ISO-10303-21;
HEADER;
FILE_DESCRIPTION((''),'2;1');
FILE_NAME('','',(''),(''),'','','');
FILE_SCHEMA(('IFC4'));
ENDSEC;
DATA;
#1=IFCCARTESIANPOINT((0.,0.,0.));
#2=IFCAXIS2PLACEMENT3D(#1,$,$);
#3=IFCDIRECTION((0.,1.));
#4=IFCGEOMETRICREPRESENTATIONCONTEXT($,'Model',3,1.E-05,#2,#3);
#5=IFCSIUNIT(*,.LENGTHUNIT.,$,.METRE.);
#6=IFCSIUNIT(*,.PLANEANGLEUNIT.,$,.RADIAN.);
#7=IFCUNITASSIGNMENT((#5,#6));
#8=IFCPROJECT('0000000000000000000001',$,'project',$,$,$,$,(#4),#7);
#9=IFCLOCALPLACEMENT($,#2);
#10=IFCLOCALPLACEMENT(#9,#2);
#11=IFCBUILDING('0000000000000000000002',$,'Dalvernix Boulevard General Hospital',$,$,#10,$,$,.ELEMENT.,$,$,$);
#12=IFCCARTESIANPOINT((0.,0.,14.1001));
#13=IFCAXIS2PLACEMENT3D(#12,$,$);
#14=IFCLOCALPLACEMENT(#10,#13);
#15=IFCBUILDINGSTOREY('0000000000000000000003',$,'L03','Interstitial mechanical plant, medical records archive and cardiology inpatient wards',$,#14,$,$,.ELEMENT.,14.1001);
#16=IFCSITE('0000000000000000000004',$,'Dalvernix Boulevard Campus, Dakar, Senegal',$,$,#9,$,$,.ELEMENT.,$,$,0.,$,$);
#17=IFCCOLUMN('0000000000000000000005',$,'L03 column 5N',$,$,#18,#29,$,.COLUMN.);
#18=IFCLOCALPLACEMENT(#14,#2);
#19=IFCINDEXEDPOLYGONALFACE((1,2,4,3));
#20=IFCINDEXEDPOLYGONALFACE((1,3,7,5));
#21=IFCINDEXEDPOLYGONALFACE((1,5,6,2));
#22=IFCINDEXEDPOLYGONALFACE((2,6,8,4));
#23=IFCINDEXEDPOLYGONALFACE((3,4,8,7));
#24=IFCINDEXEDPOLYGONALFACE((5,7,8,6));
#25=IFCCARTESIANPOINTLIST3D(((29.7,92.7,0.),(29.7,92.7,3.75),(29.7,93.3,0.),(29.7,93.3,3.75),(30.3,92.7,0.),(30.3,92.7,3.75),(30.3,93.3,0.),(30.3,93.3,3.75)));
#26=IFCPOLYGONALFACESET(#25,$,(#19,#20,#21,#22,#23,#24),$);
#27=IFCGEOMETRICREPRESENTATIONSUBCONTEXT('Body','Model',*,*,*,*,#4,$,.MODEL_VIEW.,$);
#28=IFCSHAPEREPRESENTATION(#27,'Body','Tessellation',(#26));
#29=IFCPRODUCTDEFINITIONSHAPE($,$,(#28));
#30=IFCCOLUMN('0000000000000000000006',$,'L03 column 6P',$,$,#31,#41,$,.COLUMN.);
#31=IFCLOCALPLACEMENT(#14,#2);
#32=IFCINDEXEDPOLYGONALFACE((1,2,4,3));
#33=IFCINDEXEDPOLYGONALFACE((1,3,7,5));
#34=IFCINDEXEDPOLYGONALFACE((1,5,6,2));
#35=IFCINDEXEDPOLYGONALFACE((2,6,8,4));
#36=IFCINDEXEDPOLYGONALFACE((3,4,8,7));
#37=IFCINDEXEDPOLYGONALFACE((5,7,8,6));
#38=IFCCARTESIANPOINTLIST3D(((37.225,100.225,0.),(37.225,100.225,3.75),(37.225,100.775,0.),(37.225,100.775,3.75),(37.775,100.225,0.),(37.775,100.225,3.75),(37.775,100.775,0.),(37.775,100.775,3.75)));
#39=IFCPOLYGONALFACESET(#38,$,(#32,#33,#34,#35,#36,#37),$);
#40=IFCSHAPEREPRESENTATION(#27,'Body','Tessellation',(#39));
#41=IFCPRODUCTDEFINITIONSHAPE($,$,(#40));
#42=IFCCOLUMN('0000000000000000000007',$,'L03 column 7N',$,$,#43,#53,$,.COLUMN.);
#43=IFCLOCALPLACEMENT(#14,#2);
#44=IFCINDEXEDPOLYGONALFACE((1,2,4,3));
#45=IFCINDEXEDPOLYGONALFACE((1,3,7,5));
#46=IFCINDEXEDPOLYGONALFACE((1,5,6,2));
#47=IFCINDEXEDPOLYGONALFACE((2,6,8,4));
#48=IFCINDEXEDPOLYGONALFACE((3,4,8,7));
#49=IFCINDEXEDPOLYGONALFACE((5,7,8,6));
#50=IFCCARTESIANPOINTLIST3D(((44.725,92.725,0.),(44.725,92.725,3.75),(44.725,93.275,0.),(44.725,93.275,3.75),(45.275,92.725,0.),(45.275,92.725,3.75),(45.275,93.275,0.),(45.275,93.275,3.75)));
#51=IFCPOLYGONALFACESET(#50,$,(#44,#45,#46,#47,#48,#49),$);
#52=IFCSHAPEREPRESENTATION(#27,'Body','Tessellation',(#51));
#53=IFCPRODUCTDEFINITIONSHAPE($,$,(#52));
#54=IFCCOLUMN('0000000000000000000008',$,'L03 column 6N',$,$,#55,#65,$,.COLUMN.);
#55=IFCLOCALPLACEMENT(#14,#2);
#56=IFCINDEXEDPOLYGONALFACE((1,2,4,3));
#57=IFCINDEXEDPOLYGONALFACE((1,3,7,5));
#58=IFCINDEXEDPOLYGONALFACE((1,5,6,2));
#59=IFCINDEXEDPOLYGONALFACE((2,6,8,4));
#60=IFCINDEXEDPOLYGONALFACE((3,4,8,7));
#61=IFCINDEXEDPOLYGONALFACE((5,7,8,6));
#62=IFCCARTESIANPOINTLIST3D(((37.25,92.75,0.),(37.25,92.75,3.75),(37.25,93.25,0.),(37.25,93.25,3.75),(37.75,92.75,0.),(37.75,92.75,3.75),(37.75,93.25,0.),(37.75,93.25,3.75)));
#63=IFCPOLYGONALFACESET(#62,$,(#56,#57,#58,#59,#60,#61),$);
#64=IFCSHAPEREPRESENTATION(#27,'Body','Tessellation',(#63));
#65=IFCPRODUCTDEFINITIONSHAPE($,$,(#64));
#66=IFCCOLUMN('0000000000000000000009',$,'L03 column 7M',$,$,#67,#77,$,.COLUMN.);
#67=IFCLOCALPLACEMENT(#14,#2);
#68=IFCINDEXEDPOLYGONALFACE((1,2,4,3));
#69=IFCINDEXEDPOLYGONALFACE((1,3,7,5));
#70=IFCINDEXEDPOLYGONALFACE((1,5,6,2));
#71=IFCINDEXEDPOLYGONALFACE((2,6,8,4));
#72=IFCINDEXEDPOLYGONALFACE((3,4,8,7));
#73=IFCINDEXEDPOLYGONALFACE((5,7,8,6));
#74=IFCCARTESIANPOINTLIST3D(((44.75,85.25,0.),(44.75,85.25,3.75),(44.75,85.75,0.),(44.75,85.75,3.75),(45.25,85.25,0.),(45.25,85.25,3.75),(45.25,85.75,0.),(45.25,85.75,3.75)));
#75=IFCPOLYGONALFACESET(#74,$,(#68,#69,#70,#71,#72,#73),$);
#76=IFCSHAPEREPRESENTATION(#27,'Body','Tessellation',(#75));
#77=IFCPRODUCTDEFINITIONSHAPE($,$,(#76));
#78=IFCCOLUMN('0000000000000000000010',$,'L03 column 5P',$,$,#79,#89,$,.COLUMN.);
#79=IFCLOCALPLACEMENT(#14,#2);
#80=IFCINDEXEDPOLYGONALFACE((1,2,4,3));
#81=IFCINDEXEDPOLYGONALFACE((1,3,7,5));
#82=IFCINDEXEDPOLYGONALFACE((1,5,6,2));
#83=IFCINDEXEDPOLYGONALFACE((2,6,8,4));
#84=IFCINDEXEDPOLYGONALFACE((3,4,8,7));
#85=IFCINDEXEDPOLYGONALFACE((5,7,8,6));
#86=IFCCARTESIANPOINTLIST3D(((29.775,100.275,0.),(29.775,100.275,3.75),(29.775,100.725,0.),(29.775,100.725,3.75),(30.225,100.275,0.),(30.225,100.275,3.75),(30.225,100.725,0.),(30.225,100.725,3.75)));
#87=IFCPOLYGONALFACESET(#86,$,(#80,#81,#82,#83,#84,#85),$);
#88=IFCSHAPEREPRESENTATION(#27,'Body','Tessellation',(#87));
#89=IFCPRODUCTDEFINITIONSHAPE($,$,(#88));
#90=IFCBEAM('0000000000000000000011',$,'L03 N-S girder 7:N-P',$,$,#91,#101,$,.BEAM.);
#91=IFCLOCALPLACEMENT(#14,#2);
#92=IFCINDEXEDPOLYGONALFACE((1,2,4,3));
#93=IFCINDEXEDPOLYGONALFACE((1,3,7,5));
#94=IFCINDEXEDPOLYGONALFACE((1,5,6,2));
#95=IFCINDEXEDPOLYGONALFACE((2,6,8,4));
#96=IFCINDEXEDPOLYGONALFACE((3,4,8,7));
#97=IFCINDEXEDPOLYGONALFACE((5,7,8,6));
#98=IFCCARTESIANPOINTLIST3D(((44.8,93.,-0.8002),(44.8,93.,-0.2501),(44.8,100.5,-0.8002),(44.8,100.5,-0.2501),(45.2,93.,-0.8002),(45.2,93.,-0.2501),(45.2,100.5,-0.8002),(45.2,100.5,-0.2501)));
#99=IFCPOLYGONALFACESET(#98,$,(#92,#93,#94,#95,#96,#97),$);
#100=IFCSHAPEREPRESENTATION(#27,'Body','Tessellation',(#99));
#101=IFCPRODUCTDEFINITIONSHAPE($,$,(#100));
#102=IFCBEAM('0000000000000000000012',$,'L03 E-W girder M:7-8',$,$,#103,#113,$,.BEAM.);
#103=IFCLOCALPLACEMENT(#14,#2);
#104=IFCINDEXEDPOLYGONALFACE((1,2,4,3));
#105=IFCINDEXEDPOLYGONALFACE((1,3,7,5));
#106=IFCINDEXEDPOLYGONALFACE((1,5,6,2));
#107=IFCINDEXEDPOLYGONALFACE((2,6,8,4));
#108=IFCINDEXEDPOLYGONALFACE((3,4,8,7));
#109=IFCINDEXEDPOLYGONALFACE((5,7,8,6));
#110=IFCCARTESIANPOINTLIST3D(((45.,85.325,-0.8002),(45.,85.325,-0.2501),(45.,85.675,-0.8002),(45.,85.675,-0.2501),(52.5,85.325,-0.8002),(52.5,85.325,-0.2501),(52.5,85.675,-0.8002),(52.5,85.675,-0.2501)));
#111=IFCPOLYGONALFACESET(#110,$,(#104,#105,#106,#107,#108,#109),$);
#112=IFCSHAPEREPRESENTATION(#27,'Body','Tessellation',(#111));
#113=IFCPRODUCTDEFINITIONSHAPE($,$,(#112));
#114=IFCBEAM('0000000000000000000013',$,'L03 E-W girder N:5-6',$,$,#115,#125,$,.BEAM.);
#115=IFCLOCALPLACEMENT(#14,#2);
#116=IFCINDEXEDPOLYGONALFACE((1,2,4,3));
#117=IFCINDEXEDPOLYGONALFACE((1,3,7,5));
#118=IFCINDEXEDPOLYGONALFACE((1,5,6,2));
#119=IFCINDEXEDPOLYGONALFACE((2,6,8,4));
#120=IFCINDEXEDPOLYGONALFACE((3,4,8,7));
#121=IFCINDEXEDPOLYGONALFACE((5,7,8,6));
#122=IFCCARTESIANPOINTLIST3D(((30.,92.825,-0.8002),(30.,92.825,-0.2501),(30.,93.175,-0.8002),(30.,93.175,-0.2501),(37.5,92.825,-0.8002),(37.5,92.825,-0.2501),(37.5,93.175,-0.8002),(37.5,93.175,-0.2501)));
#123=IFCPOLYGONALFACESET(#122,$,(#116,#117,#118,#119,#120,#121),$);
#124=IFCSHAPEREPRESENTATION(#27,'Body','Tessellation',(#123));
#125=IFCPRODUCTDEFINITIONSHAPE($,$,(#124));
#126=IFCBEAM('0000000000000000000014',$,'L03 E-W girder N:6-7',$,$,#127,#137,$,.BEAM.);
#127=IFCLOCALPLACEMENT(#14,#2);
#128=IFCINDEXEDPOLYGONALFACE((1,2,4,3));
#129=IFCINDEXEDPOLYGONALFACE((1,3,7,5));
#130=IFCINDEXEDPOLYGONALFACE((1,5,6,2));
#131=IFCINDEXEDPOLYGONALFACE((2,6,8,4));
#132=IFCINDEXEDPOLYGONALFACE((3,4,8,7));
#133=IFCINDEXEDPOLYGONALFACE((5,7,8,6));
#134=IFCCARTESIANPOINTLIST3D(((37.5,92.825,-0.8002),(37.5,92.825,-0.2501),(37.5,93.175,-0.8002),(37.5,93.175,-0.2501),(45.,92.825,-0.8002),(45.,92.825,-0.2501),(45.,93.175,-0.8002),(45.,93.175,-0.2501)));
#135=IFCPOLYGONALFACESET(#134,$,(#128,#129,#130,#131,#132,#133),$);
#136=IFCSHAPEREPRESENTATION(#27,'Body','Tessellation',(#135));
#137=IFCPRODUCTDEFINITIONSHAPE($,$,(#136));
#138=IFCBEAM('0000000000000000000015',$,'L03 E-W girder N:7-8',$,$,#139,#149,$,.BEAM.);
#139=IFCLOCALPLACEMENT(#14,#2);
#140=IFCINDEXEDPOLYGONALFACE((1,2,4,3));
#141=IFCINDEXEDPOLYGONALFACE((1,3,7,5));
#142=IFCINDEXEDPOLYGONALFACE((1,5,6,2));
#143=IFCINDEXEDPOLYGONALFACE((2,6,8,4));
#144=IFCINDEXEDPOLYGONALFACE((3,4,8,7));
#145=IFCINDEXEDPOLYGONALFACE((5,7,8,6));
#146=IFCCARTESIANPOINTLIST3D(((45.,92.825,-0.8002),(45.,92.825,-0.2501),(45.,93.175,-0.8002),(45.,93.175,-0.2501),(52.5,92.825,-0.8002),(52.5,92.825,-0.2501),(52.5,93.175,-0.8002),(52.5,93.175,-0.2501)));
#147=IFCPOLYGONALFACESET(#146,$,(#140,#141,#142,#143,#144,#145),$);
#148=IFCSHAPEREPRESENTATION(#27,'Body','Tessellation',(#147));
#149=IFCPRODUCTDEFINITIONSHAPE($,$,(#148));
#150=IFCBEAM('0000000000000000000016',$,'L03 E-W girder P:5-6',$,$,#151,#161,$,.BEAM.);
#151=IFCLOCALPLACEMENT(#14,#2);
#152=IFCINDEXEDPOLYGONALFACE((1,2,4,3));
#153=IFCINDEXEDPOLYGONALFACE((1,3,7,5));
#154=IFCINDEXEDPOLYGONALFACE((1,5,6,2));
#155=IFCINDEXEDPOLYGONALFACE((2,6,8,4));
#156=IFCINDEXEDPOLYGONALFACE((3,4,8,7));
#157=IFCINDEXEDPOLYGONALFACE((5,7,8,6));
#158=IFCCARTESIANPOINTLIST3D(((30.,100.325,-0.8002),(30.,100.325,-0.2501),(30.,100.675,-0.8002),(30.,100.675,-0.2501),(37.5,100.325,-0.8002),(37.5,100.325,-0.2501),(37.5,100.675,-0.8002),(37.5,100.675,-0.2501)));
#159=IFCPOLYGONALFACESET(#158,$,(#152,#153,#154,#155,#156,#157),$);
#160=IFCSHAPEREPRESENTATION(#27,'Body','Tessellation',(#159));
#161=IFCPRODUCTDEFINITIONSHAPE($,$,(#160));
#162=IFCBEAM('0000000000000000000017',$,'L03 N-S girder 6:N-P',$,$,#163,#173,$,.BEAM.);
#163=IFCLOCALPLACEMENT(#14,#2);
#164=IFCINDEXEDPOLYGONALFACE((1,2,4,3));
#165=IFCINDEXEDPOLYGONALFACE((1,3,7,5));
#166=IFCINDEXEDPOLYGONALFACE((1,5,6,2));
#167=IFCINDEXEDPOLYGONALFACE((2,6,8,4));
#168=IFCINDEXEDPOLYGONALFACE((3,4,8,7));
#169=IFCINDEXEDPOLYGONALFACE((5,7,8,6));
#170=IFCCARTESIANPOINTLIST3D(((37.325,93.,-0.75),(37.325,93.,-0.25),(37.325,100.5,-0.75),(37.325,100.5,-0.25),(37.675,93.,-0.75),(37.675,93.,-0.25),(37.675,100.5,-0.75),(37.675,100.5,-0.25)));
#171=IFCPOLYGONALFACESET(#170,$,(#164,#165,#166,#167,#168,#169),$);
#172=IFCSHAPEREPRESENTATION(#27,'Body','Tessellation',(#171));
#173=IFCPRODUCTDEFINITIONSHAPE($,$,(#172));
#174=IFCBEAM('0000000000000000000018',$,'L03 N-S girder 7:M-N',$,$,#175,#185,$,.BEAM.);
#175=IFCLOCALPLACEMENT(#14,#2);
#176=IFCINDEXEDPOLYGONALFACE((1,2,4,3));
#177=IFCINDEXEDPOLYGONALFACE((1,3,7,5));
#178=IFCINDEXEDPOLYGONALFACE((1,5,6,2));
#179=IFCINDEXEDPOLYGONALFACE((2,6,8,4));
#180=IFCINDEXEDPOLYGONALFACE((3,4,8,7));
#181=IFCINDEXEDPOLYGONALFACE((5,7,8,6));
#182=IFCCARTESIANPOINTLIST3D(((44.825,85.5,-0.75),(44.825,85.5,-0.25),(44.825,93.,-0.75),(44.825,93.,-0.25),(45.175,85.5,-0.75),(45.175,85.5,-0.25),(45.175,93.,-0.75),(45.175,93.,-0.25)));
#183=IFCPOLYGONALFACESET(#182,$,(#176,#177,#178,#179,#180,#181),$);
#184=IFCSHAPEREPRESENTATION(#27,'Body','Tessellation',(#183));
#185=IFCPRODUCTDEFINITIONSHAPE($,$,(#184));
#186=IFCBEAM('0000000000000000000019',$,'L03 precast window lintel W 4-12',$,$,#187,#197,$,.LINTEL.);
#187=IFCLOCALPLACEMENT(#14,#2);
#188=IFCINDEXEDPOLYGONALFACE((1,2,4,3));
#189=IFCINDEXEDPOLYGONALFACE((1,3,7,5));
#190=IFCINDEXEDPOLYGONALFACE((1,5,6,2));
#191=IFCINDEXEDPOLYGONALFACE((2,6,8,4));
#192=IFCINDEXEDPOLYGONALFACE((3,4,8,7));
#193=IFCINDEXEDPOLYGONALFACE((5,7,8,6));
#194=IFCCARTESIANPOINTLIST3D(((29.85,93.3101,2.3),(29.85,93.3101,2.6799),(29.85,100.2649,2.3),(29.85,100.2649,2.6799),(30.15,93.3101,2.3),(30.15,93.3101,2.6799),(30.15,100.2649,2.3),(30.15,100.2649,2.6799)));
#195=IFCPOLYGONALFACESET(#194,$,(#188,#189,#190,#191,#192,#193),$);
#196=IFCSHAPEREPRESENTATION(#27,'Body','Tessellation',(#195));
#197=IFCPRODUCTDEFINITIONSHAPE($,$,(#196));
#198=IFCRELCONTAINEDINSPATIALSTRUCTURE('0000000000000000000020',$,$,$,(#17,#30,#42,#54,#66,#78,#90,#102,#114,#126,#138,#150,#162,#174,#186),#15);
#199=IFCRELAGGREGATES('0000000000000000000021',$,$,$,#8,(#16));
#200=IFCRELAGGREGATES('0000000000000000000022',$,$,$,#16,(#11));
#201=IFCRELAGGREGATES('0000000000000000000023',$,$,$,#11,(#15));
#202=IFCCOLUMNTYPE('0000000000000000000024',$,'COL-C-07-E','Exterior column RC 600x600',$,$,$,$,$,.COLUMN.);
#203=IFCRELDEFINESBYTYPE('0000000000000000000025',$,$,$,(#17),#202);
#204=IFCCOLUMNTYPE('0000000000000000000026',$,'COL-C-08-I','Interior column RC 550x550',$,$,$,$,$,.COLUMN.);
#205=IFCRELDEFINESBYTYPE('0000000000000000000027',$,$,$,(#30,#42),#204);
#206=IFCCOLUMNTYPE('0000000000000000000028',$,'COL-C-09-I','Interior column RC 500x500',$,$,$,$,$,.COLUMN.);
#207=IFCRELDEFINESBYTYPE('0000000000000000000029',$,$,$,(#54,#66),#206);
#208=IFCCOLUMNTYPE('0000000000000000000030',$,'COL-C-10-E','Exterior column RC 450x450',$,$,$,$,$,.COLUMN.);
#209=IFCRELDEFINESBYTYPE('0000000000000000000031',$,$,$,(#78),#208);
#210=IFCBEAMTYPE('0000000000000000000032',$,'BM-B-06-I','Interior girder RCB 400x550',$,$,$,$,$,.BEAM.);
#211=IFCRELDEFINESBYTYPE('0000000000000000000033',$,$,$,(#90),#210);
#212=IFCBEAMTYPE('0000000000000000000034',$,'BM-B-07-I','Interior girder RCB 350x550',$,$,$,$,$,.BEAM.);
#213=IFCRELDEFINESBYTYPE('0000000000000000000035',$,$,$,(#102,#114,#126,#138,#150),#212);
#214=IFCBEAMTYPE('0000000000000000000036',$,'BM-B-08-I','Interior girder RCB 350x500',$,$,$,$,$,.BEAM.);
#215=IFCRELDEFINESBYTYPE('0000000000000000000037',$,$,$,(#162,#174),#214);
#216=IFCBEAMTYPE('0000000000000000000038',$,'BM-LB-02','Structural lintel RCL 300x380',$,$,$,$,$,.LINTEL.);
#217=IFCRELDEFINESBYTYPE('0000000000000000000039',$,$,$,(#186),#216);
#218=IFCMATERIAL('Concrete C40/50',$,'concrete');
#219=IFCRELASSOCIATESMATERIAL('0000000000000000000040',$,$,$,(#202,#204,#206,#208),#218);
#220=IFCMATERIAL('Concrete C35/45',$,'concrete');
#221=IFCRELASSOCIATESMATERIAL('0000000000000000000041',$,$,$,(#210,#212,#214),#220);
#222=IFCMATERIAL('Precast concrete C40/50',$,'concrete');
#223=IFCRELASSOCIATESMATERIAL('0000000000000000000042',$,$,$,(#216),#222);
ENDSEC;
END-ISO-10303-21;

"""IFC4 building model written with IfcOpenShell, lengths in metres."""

from ifc_helpers import new_model, si_unit, direction, frame, origin, origin_2d, place, context, subcontext, project, spatial, rectangle, extrude, material, material_profile, profile_set, type_object, element, save


model = new_model("IFC4")

# Units and contexts
model_context = context("Model", 3, precision=1e-05, world=origin(), true_north=direction((0.0, 1.0)))
body_context = subcontext(model_context, "Body", "Model", "MODEL_VIEW")
ifc_project = project(units=[si_unit("LENGTHUNIT", "METRE"), si_unit("PLANEANGLEUNIT", "RADIAN")], contexts=[model_context])

# Site, building, storey
site_placement = place(None, origin())
site = spatial("IfcSite", under=ifc_project, at=site_placement, Name="Dalvernix Boulevard Campus, Dakar, Senegal", CompositionType="ELEMENT", RefElevation=0.0)
building_placement = place(site_placement, origin())
building = spatial("IfcBuilding", under=site, at=building_placement, Name="Dalvernix Boulevard General Hospital", CompositionType="ELEMENT")
storey_placement = place(building_placement, frame((0.0, 0.0, 14.1001)))
storey = spatial("IfcBuildingStorey", under=building, at=storey_placement, Name="L03", Description="Interstitial mechanical plant, medical records archive and cardiology inpatient wards", CompositionType="ELEMENT", Elevation=14.1001)

# Columns
ifc_material_1 = material(Name="Concrete C40/50", Category="concrete")
ifc_material_profile_1 = material_profile(ifc_material_1, rectangle(XDim=0.6001, YDim=0.6001, at=origin_2d()), Name="RC 600x600")
ifc_profile_set_1 = profile_set([ifc_material_profile_1], Name="Concrete C40/50")
column_type_1 = type_object("IfcColumnType", Name="COL-C-07-E", Description="Exterior column RC 600x600", PredefinedType="COLUMN", material=ifc_profile_set_1)
column_1_placement = place(storey_placement, frame((30.0, 93.0, 0.0), z_axis=(0.0, 0.0, 1.0), x_axis=(1.0, 0.0, 0.0)))
element("IfcColumn", 1, at=column_1_placement, inside=storey, type_object=column_type_1, Name="L03 column 5N", PredefinedType="COLUMN", context=body_context, shape_type="SweptSolid", body=[
    extrude(rectangle(XDim=0.6001, YDim=0.6001, at=origin_2d()), origin(), (0.0, 0.0, 1.0), 3.75),
])
ifc_material_profile_2 = material_profile(ifc_material_1, rectangle(XDim=0.55, YDim=0.55, at=origin_2d()), Name="RC 550x550")
ifc_profile_set_2 = profile_set([ifc_material_profile_2], Name="Concrete C40/50")
column_type_2 = type_object("IfcColumnType", Name="COL-C-08-I", Description="Interior column RC 550x550", PredefinedType="COLUMN", material=ifc_profile_set_2)
for number, where, z_axis, x_axis, name in (
    (2, (37.5, 100.5, 0.0), (0.0, 0.0, 1.0), (1.0, 0.0, 0.0), "L03 column 6P"),
    (3, (45.0, 93.0, 0.0), (0.0, 0.0, 1.0), (1.0, 0.0, 0.0), "L03 column 7N"),
):
    element("IfcColumn", number, at=place(storey_placement, frame(where, z_axis=z_axis, x_axis=x_axis)), inside=storey, type_object=column_type_2, Name=name, PredefinedType="COLUMN", context=body_context, shape_type="SweptSolid", body=[
        extrude(rectangle(XDim=0.55, YDim=0.55, at=origin_2d()), origin(), (0.0, 0.0, 1.0), 3.75),
    ])
ifc_material_profile_3 = material_profile(ifc_material_1, rectangle(XDim=0.5, YDim=0.5, at=origin_2d()), Name="RC 500x500")
ifc_profile_set_3 = profile_set([ifc_material_profile_3], Name="Concrete C40/50")
column_type_3 = type_object("IfcColumnType", Name="COL-C-09-I", Description="Interior column RC 500x500", PredefinedType="COLUMN", material=ifc_profile_set_3)
for number, where, z_axis, x_axis, name in (
    (4, (37.5, 93.0, 0.0), (0.0, 0.0, 1.0), (1.0, 0.0, 0.0), "L03 column 6N"),
    (5, (45.0, 85.5, 0.0), (0.0, 0.0, 1.0), (1.0, 0.0, 0.0), "L03 column 7M"),
):
    element("IfcColumn", number, at=place(storey_placement, frame(where, z_axis=z_axis, x_axis=x_axis)), inside=storey, type_object=column_type_3, Name=name, PredefinedType="COLUMN", context=body_context, shape_type="SweptSolid", body=[
        extrude(rectangle(XDim=0.5, YDim=0.5, at=origin_2d()), origin(), (0.0, 0.0, 1.0), 3.75),
    ])
ifc_material_profile_4 = material_profile(ifc_material_1, rectangle(XDim=0.45, YDim=0.45, at=origin_2d()), Name="RC 450x450")
ifc_profile_set_4 = profile_set([ifc_material_profile_4], Name="Concrete C40/50")
column_type_4 = type_object("IfcColumnType", Name="COL-C-10-E", Description="Exterior column RC 450x450", PredefinedType="COLUMN", material=ifc_profile_set_4)
column_2_placement = place(storey_placement, frame((30.0, 100.5, 0.0), z_axis=(0.0, 0.0, 1.0), x_axis=(1.0, 0.0, 0.0)))
element("IfcColumn", 6, at=column_2_placement, inside=storey, type_object=column_type_4, Name="L03 column 5P", PredefinedType="COLUMN", context=body_context, shape_type="SweptSolid", body=[
    extrude(rectangle(XDim=0.45, YDim=0.45, at=origin_2d()), origin(), (0.0, 0.0, 1.0), 3.75),
])

# Beams
ifc_material_2 = material(Name="Concrete C35/45", Category="concrete")
ifc_material_profile_5 = material_profile(ifc_material_2, rectangle(XDim=0.3999, YDim=0.55, at=origin_2d()), Name="RCB 400x550")
ifc_profile_set_5 = profile_set([ifc_material_profile_5], Name="Concrete C35/45")
beam_type_1 = type_object("IfcBeamType", Name="BM-B-06-I", Description="Interior girder RCB 400x550", PredefinedType="BEAM", material=ifc_profile_set_5)
beam_1_placement = place(storey_placement, frame((45.0, 93.0, -0.5251), z_axis=(0.0, 1.0, 0.0), x_axis=(-1.0, 0.0, 0.0)))
element("IfcBeam", 7, at=beam_1_placement, inside=storey, type_object=beam_type_1, Name="L03 N-S girder 7:N-P", PredefinedType="BEAM", context=body_context, shape_type="SweptSolid", body=[
    extrude(rectangle(XDim=0.3999, YDim=0.55, at=origin_2d()), origin(), (0.0, 0.0, 1.0), 7.5),
])
ifc_material_profile_6 = material_profile(ifc_material_2, rectangle(XDim=0.3501, YDim=0.55, at=origin_2d()), Name="RCB 350x550")
ifc_profile_set_6 = profile_set([ifc_material_profile_6], Name="Concrete C35/45")
beam_type_2 = type_object("IfcBeamType", Name="BM-B-07-I", Description="Interior girder RCB 350x550", PredefinedType="BEAM", material=ifc_profile_set_6)
for number, where, z_axis, x_axis, name in (
    (8, (45.0, 85.5, -0.5251), (1.0, 0.0, 0.0), (0.0, 1.0, 0.0), "L03 E-W girder M:7-8"),
    (9, (30.0, 93.0, -0.5251), (1.0, 0.0, 0.0), (0.0, 1.0, 0.0), "L03 E-W girder N:5-6"),
    (10, (37.5, 93.0, -0.5251), (1.0, 0.0, 0.0), (0.0, 1.0, 0.0), "L03 E-W girder N:6-7"),
    (11, (45.0, 93.0, -0.5251), (1.0, 0.0, 0.0), (0.0, 1.0, 0.0), "L03 E-W girder N:7-8"),
    (12, (30.0, 100.5, -0.5251), (1.0, 0.0, 0.0), (0.0, 1.0, 0.0), "L03 E-W girder P:5-6"),
):
    element("IfcBeam", number, at=place(storey_placement, frame(where, z_axis=z_axis, x_axis=x_axis)), inside=storey, type_object=beam_type_2, Name=name, PredefinedType="BEAM", context=body_context, shape_type="SweptSolid", body=[
        extrude(rectangle(XDim=0.3501, YDim=0.55, at=origin_2d()), origin(), (0.0, 0.0, 1.0), 7.5),
    ])
ifc_material_profile_7 = material_profile(ifc_material_2, rectangle(XDim=0.3501, YDim=0.5, at=origin_2d()), Name="RCB 350x500")
ifc_profile_set_7 = profile_set([ifc_material_profile_7], Name="Concrete C35/45")
beam_type_3 = type_object("IfcBeamType", Name="BM-B-08-I", Description="Interior girder RCB 350x500", PredefinedType="BEAM", material=ifc_profile_set_7)
for number, where, z_axis, x_axis, name in (
    (13, (37.5, 93.0, -0.5), (0.0, 1.0, 0.0), (-1.0, 0.0, 0.0), "L03 N-S girder 6:N-P"),
    (14, (45.0, 85.5, -0.5), (0.0, 1.0, 0.0), (-1.0, 0.0, 0.0), "L03 N-S girder 7:M-N"),
):
    element("IfcBeam", number, at=place(storey_placement, frame(where, z_axis=z_axis, x_axis=x_axis)), inside=storey, type_object=beam_type_3, Name=name, PredefinedType="BEAM", context=body_context, shape_type="SweptSolid", body=[
        extrude(rectangle(XDim=0.3501, YDim=0.5, at=origin_2d()), origin(), (0.0, 0.0, 1.0), 7.5),
    ])
ifc_material_3 = material(Name="Precast concrete C40/50", Category="concrete")
ifc_material_profile_8 = material_profile(ifc_material_3, rectangle(XDim=0.3, YDim=0.3799, at=origin_2d()), Name="RCL 300x380")
ifc_profile_set_8 = profile_set([ifc_material_profile_8], Name="Precast concrete C40/50")
beam_type_4 = type_object("IfcBeamType", Name="BM-LB-02", Description="Structural lintel RCL 300x380", PredefinedType="LINTEL", material=ifc_profile_set_8)
beam_2_placement = place(storey_placement, frame((30.0, 93.3101, 2.49), z_axis=(0.0, 1.0, 0.0), x_axis=(-1.0, 0.0, 0.0)))
element("IfcBeam", 15, at=beam_2_placement, inside=storey, type_object=beam_type_4, Name="L03 precast window lintel W 4-12", PredefinedType="LINTEL", context=body_context, shape_type="SweptSolid", body=[
    extrude(rectangle(XDim=0.3, YDim=0.3799, at=origin_2d()), origin(), (0.0, 0.0, 1.0), 6.9548),
])

save(model, "model.ifc")
